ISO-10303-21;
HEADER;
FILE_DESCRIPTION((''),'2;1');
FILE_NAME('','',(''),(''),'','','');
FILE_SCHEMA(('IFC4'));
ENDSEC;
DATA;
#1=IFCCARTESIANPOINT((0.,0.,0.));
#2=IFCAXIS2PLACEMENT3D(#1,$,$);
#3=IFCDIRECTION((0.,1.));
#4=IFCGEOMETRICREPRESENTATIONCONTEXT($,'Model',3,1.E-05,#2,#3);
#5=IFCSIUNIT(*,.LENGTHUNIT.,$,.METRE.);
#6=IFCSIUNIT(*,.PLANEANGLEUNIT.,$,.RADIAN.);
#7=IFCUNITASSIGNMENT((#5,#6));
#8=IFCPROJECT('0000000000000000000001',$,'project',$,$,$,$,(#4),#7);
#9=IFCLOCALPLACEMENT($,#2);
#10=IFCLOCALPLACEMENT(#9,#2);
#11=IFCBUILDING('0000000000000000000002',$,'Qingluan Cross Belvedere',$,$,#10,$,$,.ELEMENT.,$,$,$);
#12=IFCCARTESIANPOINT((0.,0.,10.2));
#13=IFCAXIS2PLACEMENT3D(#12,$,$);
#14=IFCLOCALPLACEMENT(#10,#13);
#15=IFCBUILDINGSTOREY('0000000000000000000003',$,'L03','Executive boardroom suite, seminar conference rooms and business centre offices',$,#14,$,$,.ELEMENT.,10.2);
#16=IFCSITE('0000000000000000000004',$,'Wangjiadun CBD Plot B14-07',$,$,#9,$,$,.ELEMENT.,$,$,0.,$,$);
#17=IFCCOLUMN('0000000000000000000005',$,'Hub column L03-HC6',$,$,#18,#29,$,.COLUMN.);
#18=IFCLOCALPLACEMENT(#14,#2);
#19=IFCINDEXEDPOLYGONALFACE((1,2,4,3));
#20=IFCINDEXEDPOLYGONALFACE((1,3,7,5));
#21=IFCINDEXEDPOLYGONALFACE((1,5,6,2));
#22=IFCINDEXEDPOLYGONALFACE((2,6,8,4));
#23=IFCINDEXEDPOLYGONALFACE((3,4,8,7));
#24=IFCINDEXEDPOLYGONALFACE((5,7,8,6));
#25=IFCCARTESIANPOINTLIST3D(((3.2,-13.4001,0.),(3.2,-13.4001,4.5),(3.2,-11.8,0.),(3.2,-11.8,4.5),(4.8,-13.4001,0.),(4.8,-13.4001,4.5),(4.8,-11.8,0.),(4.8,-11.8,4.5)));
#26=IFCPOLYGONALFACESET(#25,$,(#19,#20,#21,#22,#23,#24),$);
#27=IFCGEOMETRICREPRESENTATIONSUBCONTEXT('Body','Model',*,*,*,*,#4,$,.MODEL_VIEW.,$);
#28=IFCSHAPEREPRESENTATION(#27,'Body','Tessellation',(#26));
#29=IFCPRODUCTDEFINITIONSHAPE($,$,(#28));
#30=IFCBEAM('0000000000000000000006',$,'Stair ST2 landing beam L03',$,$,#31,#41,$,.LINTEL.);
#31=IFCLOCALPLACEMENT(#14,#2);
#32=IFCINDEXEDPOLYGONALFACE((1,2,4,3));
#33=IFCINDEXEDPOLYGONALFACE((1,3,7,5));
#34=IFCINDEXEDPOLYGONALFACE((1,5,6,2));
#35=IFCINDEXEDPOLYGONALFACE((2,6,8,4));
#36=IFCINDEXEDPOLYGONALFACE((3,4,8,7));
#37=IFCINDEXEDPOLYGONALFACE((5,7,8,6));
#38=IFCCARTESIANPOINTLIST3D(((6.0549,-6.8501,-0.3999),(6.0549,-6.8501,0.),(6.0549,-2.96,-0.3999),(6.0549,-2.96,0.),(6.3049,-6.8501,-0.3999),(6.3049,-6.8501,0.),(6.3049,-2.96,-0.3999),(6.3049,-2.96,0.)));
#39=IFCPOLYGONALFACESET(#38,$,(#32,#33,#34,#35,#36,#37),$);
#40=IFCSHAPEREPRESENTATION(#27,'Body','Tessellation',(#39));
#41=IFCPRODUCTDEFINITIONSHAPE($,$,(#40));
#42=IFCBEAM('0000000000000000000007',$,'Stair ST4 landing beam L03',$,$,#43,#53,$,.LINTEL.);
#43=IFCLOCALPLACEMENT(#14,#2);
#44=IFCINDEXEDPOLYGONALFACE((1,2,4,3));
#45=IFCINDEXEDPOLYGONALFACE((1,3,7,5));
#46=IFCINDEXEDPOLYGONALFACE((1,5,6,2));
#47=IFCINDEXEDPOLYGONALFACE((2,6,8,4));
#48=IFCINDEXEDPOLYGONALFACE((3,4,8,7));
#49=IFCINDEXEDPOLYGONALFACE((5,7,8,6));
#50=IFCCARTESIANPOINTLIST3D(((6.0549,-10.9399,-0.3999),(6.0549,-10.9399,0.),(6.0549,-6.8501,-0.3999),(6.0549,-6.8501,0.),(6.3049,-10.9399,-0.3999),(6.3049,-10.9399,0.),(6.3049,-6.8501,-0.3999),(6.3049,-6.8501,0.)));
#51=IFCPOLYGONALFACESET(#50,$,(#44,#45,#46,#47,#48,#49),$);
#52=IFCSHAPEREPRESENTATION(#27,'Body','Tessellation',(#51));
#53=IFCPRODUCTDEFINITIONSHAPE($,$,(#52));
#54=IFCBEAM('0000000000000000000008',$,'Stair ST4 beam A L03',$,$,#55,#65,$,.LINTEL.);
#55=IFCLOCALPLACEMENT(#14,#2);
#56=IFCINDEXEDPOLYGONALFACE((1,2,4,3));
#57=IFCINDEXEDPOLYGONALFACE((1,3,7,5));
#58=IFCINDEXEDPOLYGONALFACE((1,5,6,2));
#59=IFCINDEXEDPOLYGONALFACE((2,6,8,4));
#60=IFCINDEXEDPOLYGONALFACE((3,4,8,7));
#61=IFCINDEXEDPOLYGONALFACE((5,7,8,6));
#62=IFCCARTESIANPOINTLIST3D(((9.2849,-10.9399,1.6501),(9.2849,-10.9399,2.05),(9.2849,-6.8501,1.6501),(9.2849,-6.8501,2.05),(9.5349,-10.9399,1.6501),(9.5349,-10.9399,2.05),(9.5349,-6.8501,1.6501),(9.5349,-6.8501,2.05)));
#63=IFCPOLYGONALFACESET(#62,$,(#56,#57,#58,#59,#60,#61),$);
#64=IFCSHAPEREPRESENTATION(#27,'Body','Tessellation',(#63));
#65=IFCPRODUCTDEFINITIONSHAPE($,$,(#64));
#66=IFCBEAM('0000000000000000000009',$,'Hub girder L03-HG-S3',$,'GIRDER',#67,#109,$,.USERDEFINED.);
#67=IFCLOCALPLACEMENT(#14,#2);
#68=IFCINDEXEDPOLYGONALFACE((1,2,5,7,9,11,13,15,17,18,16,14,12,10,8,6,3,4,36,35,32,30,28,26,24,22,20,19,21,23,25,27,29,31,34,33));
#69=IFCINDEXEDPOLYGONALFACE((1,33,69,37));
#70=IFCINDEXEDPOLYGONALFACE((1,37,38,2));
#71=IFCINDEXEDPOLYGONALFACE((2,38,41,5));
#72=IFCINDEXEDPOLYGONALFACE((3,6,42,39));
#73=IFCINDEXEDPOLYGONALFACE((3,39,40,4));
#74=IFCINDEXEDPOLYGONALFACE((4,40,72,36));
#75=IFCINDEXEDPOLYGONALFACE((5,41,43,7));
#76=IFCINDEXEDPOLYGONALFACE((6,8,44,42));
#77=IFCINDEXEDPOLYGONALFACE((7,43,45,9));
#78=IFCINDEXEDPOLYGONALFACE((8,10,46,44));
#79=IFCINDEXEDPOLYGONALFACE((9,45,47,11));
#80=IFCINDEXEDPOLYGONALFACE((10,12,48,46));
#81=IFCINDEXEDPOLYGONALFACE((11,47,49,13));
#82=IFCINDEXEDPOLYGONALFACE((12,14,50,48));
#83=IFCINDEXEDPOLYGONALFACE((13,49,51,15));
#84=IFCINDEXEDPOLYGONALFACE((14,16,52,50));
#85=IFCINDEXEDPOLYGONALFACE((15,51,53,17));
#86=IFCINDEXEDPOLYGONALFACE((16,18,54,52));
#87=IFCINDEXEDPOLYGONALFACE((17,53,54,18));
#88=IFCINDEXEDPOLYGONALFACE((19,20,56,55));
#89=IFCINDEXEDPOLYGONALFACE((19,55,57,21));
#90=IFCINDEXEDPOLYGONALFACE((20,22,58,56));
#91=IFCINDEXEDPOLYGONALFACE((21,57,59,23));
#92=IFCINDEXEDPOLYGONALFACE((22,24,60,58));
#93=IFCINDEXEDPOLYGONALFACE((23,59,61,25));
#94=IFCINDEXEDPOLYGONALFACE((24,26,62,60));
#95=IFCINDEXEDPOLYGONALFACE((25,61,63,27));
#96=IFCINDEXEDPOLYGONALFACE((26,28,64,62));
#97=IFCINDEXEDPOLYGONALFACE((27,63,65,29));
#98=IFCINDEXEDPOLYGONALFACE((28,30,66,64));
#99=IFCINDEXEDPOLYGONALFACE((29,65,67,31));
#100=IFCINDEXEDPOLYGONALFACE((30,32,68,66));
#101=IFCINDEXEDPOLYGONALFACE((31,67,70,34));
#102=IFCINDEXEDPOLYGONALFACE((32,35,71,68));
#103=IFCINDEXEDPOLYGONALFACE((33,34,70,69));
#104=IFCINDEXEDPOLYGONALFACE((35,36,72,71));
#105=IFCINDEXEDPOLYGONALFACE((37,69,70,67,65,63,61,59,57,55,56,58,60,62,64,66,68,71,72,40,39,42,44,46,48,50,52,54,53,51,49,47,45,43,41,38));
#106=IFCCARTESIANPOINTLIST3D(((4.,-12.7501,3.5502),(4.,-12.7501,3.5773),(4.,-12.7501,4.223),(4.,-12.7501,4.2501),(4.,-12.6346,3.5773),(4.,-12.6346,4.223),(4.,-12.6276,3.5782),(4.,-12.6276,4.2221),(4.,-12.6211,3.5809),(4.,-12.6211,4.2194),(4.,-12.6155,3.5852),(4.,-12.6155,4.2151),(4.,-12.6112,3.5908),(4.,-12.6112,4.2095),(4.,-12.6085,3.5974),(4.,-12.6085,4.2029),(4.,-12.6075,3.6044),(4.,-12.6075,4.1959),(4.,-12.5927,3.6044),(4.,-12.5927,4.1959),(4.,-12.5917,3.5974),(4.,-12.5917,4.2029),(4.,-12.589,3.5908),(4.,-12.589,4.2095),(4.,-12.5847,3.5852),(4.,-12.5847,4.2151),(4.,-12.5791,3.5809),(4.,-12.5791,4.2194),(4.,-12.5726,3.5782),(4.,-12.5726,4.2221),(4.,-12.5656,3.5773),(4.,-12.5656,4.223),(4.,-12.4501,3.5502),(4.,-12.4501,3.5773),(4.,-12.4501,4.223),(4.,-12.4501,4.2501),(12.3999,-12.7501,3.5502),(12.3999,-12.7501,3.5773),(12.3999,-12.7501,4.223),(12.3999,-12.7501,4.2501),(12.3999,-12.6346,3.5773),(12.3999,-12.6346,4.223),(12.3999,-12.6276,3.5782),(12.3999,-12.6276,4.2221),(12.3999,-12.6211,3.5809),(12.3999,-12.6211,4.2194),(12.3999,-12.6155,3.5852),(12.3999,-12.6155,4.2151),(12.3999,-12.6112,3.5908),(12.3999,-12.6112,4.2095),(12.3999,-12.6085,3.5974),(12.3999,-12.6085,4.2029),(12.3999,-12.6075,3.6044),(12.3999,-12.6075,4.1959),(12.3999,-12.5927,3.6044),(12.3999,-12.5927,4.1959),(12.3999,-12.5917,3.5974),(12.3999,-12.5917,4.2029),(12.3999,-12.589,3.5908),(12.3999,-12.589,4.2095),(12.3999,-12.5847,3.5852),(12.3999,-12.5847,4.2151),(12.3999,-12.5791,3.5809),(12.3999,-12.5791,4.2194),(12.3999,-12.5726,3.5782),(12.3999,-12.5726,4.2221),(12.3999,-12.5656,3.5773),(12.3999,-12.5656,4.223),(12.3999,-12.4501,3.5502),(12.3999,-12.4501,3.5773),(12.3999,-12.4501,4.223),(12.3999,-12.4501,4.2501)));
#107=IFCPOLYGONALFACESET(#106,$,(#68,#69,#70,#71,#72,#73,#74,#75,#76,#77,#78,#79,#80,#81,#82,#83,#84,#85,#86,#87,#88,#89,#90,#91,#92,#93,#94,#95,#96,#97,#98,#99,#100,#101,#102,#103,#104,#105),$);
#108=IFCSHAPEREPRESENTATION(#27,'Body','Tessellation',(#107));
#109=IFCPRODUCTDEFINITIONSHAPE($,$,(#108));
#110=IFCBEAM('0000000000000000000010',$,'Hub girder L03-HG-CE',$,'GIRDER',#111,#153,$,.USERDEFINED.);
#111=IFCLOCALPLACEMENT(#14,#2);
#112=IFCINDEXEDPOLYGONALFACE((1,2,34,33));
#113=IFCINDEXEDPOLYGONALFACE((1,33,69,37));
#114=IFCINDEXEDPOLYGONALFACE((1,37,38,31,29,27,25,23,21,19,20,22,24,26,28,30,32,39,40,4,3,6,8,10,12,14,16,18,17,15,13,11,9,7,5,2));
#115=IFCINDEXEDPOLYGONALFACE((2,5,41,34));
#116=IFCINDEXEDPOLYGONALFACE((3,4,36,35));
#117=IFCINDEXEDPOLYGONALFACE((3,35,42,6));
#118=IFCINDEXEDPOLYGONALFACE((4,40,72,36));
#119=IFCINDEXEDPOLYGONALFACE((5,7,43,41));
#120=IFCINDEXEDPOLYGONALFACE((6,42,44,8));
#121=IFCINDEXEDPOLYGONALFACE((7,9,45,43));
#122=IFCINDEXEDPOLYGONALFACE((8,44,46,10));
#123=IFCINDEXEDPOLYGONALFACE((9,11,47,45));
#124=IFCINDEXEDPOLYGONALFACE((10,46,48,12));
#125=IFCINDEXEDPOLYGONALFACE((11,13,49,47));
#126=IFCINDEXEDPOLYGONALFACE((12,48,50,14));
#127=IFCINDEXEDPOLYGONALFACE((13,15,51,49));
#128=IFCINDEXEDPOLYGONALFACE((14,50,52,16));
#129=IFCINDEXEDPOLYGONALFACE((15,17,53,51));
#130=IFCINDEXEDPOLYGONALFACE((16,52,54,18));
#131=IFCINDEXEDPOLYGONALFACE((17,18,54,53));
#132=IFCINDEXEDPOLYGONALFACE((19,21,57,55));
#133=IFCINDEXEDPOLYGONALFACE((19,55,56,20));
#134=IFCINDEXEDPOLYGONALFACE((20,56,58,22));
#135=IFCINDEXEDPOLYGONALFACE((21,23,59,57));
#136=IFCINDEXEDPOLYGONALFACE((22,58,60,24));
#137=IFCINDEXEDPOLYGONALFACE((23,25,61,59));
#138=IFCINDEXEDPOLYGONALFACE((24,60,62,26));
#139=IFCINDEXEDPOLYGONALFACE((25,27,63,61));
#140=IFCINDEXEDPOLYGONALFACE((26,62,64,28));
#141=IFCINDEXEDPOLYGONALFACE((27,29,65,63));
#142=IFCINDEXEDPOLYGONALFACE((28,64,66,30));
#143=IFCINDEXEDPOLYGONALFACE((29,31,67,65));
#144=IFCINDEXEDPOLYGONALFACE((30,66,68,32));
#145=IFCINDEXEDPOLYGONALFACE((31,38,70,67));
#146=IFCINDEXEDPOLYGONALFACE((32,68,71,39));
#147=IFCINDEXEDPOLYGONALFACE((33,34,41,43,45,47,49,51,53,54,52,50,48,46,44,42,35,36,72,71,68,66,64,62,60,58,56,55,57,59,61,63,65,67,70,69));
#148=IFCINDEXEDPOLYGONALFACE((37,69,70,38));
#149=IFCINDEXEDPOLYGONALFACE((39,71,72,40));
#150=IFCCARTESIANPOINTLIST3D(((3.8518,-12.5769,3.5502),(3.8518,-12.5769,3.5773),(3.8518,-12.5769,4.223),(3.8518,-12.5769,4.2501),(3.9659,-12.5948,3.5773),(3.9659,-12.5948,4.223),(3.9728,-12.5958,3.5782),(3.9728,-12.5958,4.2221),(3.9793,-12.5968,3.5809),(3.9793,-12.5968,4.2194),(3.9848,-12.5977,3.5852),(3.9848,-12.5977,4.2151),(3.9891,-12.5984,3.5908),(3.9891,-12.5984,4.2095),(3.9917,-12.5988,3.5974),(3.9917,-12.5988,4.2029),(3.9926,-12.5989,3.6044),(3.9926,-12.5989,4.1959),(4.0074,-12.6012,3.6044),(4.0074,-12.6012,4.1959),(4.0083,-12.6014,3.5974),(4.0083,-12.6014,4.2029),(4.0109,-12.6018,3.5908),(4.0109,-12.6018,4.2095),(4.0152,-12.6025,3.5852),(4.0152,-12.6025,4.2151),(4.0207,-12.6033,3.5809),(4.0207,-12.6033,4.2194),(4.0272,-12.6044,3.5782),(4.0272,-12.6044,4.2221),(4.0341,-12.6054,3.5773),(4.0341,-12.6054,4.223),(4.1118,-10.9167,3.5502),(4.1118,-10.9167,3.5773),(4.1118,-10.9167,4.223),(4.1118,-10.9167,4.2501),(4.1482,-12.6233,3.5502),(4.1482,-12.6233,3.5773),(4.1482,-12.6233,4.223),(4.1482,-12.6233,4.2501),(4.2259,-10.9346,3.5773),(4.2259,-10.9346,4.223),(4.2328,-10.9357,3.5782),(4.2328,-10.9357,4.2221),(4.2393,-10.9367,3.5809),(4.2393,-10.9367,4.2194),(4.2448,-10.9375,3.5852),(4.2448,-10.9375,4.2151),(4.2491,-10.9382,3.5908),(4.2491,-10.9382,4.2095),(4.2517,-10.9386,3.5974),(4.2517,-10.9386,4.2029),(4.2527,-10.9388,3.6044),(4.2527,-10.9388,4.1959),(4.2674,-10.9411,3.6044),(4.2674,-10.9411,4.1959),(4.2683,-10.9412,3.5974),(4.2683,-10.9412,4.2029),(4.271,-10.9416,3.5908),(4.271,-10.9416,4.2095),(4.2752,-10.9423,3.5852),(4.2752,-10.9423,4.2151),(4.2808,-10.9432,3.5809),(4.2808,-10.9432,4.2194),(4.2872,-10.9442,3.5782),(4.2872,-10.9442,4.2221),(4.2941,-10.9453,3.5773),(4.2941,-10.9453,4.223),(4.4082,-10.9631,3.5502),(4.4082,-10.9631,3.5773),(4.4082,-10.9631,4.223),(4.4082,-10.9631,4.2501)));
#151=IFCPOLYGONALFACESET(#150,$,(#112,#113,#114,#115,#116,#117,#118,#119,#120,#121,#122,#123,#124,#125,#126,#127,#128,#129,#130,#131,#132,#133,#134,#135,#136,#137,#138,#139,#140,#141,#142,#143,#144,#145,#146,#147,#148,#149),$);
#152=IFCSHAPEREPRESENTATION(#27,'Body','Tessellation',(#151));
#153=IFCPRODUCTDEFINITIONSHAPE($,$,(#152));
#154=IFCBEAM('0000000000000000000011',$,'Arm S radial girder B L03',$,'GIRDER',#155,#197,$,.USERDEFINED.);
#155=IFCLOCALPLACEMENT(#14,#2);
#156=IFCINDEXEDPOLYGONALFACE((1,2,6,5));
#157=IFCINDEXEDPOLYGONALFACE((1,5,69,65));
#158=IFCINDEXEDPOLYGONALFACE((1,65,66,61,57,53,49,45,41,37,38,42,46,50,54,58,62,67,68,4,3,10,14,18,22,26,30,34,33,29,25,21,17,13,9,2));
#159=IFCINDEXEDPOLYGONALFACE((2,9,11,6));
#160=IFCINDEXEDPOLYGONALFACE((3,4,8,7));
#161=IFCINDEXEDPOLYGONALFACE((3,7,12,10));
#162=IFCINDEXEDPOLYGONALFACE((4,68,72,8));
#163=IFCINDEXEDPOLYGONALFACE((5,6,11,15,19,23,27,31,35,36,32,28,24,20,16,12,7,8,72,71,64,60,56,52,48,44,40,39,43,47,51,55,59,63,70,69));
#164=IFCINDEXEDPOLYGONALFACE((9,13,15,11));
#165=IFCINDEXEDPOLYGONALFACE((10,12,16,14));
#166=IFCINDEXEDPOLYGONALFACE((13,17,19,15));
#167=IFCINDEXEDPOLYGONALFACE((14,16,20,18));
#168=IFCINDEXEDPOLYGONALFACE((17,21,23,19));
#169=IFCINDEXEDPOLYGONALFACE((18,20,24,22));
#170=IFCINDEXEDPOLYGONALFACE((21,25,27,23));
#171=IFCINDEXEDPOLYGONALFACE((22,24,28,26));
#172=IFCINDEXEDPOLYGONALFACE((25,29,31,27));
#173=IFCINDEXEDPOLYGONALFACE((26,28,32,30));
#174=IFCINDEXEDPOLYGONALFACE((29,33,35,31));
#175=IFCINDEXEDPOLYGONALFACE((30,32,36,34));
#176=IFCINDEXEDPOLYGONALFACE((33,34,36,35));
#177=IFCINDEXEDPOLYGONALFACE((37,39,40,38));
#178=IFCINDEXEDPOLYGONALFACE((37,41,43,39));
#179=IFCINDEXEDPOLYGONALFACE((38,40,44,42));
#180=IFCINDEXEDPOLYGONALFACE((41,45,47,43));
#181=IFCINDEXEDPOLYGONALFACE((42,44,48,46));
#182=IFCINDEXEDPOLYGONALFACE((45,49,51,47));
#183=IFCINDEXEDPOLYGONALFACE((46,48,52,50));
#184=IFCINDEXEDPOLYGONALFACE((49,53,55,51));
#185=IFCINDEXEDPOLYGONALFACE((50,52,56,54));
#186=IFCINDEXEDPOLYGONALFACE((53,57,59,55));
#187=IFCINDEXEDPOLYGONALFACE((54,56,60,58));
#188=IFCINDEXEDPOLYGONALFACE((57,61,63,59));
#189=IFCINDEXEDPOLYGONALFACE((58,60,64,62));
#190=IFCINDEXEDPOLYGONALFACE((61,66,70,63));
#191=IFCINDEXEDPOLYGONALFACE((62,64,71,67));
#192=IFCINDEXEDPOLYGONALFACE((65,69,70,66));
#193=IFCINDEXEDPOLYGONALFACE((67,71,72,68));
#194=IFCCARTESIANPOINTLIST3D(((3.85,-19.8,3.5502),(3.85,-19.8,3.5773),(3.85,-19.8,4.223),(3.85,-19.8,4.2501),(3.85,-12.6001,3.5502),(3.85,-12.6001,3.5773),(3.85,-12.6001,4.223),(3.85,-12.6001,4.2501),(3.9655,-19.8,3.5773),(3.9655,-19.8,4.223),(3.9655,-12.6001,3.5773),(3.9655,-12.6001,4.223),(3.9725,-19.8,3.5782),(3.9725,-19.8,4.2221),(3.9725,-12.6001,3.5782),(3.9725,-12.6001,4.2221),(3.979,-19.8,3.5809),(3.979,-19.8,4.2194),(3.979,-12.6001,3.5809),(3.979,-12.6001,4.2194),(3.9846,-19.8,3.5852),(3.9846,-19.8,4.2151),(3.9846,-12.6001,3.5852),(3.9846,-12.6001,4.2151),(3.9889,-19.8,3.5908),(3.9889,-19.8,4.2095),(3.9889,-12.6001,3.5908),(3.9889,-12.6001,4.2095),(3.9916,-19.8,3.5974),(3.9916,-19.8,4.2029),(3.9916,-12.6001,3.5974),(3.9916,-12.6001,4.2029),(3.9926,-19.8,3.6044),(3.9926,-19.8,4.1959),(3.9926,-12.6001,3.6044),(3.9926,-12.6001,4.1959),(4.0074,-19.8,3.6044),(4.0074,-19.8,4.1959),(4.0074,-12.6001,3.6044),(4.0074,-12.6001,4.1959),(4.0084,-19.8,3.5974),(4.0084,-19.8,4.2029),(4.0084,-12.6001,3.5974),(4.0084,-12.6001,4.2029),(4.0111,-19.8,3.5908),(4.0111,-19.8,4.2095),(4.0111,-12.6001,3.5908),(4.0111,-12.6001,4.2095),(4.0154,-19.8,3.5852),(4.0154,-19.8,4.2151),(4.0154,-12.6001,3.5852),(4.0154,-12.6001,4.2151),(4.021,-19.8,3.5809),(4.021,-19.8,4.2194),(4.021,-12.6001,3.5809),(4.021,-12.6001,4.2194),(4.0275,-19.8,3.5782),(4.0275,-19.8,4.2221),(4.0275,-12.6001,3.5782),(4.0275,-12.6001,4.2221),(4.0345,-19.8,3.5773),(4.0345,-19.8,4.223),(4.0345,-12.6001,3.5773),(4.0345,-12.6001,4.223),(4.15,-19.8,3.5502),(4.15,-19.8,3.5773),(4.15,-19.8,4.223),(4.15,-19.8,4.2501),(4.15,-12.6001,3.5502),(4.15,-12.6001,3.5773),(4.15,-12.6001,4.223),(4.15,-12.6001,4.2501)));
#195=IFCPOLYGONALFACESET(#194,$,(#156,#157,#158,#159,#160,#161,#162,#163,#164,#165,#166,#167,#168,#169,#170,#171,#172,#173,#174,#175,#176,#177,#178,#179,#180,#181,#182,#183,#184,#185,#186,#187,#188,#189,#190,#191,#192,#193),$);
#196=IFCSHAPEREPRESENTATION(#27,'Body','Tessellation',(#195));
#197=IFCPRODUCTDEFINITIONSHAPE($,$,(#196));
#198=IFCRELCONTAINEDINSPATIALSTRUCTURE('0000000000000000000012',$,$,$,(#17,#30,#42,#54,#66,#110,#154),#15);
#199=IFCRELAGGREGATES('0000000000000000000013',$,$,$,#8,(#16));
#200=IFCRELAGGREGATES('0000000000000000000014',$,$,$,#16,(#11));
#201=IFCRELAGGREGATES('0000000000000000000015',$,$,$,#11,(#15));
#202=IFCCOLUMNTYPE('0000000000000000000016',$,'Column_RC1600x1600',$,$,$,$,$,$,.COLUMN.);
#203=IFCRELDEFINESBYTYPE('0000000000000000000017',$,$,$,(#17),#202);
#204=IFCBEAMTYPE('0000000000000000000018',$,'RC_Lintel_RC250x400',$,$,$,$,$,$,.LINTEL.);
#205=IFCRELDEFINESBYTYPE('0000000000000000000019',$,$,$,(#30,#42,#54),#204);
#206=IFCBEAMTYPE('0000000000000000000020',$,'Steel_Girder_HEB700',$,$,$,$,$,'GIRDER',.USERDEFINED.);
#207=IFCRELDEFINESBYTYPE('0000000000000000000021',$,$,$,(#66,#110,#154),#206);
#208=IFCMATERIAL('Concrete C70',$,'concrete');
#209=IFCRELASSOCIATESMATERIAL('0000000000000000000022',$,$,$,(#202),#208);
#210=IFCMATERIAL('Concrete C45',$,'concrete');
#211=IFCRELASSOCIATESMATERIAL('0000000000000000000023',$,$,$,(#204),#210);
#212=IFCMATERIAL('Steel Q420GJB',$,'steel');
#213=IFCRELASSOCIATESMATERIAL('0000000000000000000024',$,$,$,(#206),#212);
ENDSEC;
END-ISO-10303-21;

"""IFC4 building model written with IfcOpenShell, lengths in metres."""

from ifc_helpers import new_model, si_unit, direction, frame, origin, origin_2d, place, context, subcontext, project, spatial, rectangle, i_section, extrude, material, material_profile, profile_set, type_object, element, save


model = new_model("IFC4")

# Units and contexts
model_context = context("Model", 3, precision=1e-05, world=origin(), true_north=direction((0.0, 1.0)))
body_context = subcontext(model_context, "Body", "Model", "MODEL_VIEW")
ifc_project = project(units=[si_unit("LENGTHUNIT", "METRE"), si_unit("PLANEANGLEUNIT", "RADIAN")], contexts=[model_context])

# Site, building, storey
site_placement = place(None, origin())
site = spatial("IfcSite", under=ifc_project, at=site_placement, Name="Wangjiadun CBD Plot B14-07", CompositionType="ELEMENT", RefElevation=0.0)
building_placement = place(site_placement, origin())
building = spatial("IfcBuilding", under=site, at=building_placement, Name="Qingluan Cross Belvedere", CompositionType="ELEMENT")
storey_placement = place(building_placement, frame((0.0, 0.0, 10.2)))
storey = spatial("IfcBuildingStorey", under=building, at=storey_placement, Name="L03", Description="Executive boardroom suite, seminar conference rooms and business centre offices", CompositionType="ELEMENT", Elevation=10.2)

# Column
ifc_material_1 = material(Name="Concrete C70", Category="concrete")
ifc_material_profile_1 = material_profile(ifc_material_1, rectangle(XDim=1.6001, YDim=1.6001, at=origin_2d()), Name="RC1600x1600")
ifc_profile_set_1 = profile_set([ifc_material_profile_1], Name="Concrete C70")
column_type = type_object("IfcColumnType", Name="Column_RC1600x1600", PredefinedType="COLUMN", material=ifc_profile_set_1)
column_placement = place(storey_placement, frame((4.0, -12.6001, 0.0), z_axis=(0.0, 0.0, 1.0), x_axis=(1.0, 0.0, 0.0)))
element("IfcColumn", 1, at=column_placement, inside=storey, type_object=column_type, Name="Hub column L03-HC6", PredefinedType="COLUMN", context=body_context, shape_type="SweptSolid", body=[
    extrude(rectangle(XDim=1.6001, YDim=1.6001, at=origin_2d()), origin(), (0.0, 0.0, 1.0), 4.5),
])

# Beams
ifc_material_2 = material(Name="Concrete C45", Category="concrete")
ifc_material_profile_2 = material_profile(ifc_material_2, rectangle(XDim=0.25, YDim=0.3999, at=origin_2d()), Name="RC250x400")
ifc_profile_set_2 = profile_set([ifc_material_profile_2], Name="Concrete C45")
beam_type_1 = type_object("IfcBeamType", Name="RC_Lintel_RC250x400", PredefinedType="LINTEL", material=ifc_profile_set_2)
beam_1_placement = place(storey_placement, frame((6.1799, -6.8501, -0.2), z_axis=(0.0, 1.0, 0.0), x_axis=(-1.0, 0.0, 0.0)))
element("IfcBeam", 2, at=beam_1_placement, inside=storey, type_object=beam_type_1, Name="Stair ST2 landing beam L03", PredefinedType="LINTEL", context=body_context, shape_type="SweptSolid", body=[
    extrude(rectangle(XDim=0.25, YDim=0.3999, at=origin_2d()), origin(), (0.0, 0.0, 1.0), 3.8901),
])
for number, where, z_axis, x_axis, name in (
    (3, (6.1799, -10.9399, -0.2), (0.0, 1.0, 0.0), (-1.0, 0.0, 0.0), "Stair ST4 landing beam L03"),
    (4, (9.4099, -10.9399, 1.8501), (0.0, 1.0, 0.0), (-1.0, 0.0, 0.0), "Stair ST4 beam A L03"),
):
    element("IfcBeam", number, at=place(storey_placement, frame(where, z_axis=z_axis, x_axis=x_axis)), inside=storey, type_object=beam_type_1, Name=name, PredefinedType="LINTEL", context=body_context, shape_type="SweptSolid", body=[
        extrude(rectangle(XDim=0.25, YDim=0.3999, at=origin_2d()), origin(), (0.0, 0.0, 1.0), 4.0898),
    ])
ifc_material_3 = material(Name="Steel Q420GJB", Category="steel")
ifc_material_profile_3 = material_profile(ifc_material_3, i_section(OverallWidth=0.3, OverallDepth=0.7, WebThickness=0.0149, FlangeThickness=0.0271, FilletRadius=0.0271, at=origin_2d()), Name="HEB700")
ifc_profile_set_3 = profile_set([ifc_material_profile_3], Name="Steel Q420GJB")
beam_type_2 = type_object("IfcBeamType", Name="Steel_Girder_HEB700", ElementType="GIRDER", PredefinedType="USERDEFINED", material=ifc_profile_set_3)
beam_2_placement = place(storey_placement, frame((4.0, -12.6001, 3.9001), z_axis=(1.0, 0.0, 0.0), x_axis=(0.0, 1.0, 0.0)))
element("IfcBeam", 5, at=beam_2_placement, inside=storey, type_object=beam_type_2, Name="Hub girder L03-HG-S3", ObjectType="GIRDER", PredefinedType="USERDEFINED", context=body_context, shape_type="SweptSolid", body=[
    extrude(i_section(OverallWidth=0.3, OverallDepth=0.7, WebThickness=0.0149, FlangeThickness=0.0271, FilletRadius=0.0271, at=origin_2d()), origin(), (0.0, 0.0, 1.0), 8.3999),
])
beam_3_placement = place(storey_placement, frame((4.0, -12.6001, 3.9001), z_axis=(0.154731, 0.987957, 0.0), x_axis=(-0.987957, 0.154731, 0.0)))
element("IfcBeam", 6, at=beam_3_placement, inside=storey, type_object=beam_type_2, Name="Hub girder L03-HG-CE", ObjectType="GIRDER", PredefinedType="USERDEFINED", context=body_context, shape_type="SweptSolid", body=[
    extrude(i_section(OverallWidth=0.3, OverallDepth=0.7, WebThickness=0.0149, FlangeThickness=0.0271, FilletRadius=0.0271, at=origin_2d()), origin(), (0.0, 0.0, 1.0), 1.6804),
])
beam_4_placement = place(storey_placement, frame((4.0, -12.6001, 3.9001), z_axis=(0.0, -1.0, 0.0), x_axis=(1.0, 0.0, 0.0)))
element("IfcBeam", 7, at=beam_4_placement, inside=storey, type_object=beam_type_2, Name="Arm S radial girder B L03", ObjectType="GIRDER", PredefinedType="USERDEFINED", context=body_context, shape_type="SweptSolid", body=[
    extrude(i_section(OverallWidth=0.3, OverallDepth=0.7, WebThickness=0.0149, FlangeThickness=0.0271, FilletRadius=0.0271, at=origin_2d()), origin(), (0.0, 0.0, 1.0), 7.2),
])

save(model, "model.ifc")
